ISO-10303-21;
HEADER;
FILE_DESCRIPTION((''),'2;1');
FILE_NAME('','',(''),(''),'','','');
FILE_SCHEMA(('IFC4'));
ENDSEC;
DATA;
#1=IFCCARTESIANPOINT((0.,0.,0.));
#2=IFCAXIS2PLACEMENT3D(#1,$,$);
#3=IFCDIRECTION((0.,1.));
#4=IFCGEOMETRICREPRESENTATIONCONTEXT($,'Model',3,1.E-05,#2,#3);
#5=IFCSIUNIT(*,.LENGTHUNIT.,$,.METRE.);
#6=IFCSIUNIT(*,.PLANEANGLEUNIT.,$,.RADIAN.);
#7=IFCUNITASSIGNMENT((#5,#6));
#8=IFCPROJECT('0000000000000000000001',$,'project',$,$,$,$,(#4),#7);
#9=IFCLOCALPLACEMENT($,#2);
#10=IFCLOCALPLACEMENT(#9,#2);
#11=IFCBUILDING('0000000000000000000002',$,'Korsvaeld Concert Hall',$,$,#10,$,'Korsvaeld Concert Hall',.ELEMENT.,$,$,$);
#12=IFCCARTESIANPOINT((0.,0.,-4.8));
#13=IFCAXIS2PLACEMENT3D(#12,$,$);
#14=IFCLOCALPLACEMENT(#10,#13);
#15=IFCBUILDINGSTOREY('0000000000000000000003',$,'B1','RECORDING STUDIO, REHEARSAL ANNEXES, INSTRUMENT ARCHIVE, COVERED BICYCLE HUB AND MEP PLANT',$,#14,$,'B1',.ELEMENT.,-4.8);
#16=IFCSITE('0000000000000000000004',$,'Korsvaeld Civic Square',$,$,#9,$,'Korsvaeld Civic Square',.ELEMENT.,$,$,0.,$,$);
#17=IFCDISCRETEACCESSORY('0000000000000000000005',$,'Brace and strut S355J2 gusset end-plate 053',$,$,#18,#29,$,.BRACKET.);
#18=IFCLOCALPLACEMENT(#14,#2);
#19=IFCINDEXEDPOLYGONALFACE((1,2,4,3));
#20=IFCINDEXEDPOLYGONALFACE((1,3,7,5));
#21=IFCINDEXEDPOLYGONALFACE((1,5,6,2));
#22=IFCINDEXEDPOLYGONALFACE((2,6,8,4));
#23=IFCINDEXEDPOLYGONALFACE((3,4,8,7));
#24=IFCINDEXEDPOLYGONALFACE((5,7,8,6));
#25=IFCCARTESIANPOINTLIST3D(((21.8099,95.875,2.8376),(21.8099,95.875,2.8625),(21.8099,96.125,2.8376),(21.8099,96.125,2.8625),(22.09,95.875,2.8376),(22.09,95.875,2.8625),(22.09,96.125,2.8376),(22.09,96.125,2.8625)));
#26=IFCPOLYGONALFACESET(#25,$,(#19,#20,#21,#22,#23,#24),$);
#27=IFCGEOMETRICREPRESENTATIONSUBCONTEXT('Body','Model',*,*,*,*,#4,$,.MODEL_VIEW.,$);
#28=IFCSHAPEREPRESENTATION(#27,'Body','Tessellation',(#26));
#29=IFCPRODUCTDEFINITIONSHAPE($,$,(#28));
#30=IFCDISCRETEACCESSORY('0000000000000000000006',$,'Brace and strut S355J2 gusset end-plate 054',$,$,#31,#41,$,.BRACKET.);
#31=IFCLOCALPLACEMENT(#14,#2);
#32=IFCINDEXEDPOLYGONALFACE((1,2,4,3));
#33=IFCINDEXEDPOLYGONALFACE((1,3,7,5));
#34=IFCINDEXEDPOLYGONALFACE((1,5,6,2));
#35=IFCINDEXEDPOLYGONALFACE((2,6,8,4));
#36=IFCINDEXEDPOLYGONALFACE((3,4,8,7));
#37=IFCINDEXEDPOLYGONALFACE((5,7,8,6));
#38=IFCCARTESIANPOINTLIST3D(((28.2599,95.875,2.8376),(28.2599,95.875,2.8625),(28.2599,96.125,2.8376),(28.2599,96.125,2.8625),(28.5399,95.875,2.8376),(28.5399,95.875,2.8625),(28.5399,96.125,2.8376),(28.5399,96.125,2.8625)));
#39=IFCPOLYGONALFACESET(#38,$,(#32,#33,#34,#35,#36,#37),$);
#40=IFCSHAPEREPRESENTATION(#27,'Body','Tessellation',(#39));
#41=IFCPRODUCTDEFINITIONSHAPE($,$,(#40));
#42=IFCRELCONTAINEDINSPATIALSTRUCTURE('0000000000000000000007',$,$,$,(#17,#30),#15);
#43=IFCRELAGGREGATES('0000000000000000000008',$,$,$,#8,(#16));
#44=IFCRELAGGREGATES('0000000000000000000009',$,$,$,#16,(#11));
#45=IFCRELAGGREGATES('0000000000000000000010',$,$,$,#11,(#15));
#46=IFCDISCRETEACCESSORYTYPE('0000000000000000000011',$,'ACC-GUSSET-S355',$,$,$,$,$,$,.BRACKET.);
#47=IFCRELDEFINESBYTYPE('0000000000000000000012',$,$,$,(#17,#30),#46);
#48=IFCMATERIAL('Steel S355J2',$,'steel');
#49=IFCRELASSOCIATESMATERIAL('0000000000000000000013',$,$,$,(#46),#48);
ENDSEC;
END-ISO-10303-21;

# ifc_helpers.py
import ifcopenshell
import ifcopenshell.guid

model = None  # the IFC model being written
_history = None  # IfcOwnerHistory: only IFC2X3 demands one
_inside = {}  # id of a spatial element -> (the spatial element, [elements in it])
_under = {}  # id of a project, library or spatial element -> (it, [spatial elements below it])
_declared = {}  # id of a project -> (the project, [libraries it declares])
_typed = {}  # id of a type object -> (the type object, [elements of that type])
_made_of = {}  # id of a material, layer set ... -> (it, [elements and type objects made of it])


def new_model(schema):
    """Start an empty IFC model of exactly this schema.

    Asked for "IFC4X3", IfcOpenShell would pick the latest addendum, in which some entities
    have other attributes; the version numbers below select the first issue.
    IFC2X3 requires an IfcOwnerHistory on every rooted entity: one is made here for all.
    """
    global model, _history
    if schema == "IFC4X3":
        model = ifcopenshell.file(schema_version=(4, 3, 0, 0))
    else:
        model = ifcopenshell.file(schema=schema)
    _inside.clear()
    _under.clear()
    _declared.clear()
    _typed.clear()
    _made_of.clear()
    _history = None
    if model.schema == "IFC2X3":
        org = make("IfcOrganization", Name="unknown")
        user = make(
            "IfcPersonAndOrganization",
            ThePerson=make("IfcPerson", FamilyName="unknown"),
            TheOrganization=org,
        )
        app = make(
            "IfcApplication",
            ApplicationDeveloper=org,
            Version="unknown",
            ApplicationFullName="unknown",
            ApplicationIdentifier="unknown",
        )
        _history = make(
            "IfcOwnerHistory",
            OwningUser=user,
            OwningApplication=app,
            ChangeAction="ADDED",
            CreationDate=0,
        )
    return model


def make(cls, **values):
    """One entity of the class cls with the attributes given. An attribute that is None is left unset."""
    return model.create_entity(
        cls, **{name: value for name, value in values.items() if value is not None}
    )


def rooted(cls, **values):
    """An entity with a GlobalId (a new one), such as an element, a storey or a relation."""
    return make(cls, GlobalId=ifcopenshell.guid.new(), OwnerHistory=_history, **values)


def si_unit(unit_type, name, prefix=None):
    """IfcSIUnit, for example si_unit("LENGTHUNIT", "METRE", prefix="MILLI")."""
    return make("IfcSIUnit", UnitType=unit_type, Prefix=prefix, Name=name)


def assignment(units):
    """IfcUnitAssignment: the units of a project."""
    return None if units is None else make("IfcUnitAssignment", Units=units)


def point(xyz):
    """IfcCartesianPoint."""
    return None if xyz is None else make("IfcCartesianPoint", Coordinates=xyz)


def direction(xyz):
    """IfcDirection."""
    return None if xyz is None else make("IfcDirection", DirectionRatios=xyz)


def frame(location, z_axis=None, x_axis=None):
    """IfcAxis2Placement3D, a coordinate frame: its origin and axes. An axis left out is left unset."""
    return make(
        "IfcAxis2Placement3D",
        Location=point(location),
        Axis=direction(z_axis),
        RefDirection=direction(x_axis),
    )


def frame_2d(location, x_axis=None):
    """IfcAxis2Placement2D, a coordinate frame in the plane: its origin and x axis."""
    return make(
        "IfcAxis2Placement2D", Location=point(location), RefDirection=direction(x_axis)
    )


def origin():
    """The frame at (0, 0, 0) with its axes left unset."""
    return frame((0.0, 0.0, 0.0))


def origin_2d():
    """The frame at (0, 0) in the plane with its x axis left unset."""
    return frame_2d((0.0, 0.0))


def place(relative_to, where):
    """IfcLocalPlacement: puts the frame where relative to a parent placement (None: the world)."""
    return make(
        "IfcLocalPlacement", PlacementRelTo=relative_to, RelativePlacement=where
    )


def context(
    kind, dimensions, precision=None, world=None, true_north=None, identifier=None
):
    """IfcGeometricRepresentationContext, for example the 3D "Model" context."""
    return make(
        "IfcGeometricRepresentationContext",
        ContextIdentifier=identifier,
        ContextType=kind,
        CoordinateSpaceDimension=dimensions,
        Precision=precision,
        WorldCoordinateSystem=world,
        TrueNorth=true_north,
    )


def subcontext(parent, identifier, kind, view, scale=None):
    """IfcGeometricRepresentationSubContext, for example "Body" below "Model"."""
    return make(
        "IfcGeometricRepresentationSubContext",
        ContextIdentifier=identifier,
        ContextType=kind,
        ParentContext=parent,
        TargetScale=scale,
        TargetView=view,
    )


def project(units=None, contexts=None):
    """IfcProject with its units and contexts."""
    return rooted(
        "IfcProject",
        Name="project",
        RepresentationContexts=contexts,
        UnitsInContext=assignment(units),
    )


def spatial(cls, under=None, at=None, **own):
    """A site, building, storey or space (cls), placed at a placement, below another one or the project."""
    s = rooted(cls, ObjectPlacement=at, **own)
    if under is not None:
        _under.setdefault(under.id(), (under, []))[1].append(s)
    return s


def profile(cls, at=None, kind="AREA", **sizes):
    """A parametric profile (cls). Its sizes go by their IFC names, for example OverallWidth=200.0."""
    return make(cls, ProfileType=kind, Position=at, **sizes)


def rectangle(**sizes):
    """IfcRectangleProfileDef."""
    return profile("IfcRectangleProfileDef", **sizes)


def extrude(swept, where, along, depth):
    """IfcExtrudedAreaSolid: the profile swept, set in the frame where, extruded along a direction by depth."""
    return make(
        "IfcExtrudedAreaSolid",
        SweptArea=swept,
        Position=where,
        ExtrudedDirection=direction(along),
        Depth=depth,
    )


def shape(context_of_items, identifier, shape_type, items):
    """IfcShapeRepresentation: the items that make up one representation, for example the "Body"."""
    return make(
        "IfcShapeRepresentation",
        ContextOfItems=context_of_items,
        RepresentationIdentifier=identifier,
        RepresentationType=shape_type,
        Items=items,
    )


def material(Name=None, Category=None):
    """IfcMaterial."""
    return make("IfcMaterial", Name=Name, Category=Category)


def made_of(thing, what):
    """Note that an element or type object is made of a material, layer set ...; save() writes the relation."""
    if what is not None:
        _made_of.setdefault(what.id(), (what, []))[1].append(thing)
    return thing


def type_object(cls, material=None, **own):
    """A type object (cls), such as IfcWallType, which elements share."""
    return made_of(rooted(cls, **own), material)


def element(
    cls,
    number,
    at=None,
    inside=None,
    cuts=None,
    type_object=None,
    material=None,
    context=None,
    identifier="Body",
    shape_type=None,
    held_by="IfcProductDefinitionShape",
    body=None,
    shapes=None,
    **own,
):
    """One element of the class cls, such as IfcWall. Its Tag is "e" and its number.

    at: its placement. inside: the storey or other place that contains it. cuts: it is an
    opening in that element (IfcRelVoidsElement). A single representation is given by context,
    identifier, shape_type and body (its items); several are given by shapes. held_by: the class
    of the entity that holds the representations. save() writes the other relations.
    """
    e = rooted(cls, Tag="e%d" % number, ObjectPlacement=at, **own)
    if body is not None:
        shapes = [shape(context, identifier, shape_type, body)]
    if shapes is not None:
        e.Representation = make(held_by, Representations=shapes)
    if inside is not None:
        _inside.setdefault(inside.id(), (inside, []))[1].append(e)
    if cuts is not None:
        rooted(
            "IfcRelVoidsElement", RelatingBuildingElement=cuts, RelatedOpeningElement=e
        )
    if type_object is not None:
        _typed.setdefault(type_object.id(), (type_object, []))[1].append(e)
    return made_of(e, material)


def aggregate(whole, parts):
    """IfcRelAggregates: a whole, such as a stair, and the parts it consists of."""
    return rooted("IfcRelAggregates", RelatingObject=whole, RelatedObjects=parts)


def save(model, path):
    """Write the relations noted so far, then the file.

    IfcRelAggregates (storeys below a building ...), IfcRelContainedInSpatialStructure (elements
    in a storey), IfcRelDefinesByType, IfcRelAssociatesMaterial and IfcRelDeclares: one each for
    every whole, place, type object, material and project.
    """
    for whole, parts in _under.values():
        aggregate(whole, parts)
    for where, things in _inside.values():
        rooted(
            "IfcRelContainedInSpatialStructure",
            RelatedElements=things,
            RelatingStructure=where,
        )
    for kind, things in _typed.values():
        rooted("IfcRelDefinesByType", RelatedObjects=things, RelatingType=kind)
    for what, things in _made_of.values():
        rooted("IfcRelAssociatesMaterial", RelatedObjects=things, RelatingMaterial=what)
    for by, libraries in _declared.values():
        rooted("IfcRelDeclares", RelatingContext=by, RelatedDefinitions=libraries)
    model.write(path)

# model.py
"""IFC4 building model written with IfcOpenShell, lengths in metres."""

from ifc_helpers import new_model, si_unit, direction, frame, origin, origin_2d, place, context, subcontext, project, spatial, rectangle, extrude, material, type_object, element, save


model = new_model("IFC4")

# Units and contexts
model_context = context("Model", 3, precision=1e-05, world=origin(), true_north=direction((0.0, 1.0)))
body_context = subcontext(model_context, "Body", "Model", "MODEL_VIEW")
ifc_project = project(units=[si_unit("LENGTHUNIT", "METRE"), si_unit("PLANEANGLEUNIT", "RADIAN")], contexts=[model_context])

# Site, building, storey
site_placement = place(None, origin())
site = spatial("IfcSite", under=ifc_project, at=site_placement, Name="Korsvaeld Civic Square", LongName="Korsvaeld Civic Square", CompositionType="ELEMENT", RefElevation=0.0)
building_placement = place(site_placement, origin())
building = spatial("IfcBuilding", under=site, at=building_placement, Name="Korsvaeld Concert Hall", LongName="Korsvaeld Concert Hall", CompositionType="ELEMENT")
storey_placement = place(building_placement, frame((0.0, 0.0, -4.8)))
storey = spatial("IfcBuildingStorey", under=building, at=storey_placement, Name="B1", Description="RECORDING STUDIO, REHEARSAL ANNEXES, INSTRUMENT ARCHIVE, COVERED BICYCLE HUB AND MEP PLANT", LongName="B1", CompositionType="ELEMENT", Elevation=-4.8)

# Shared definitions
ifc_material_1 = material(Name="Steel S355J2", Category="steel")

# Discrete accessories
discrete_accessory_type = type_object("IfcDiscreteAccessoryType", Name="ACC-GUSSET-S355", PredefinedType="BRACKET", material=ifc_material_1)
for number, where, z_axis, x_axis, name in (
    (1, (21.95, 96.0, 2.8376), (0.0, 0.0, 1.0), (1.0, 0.0, 0.0), "Brace and strut S355J2 gusset end-plate 053"),
    (2, (28.3999, 96.0, 2.8376), (0.0, 0.0, 1.0), (1.0, 0.0, 0.0), "Brace and strut S355J2 gusset end-plate 054"),
):
    element("IfcDiscreteAccessory", number, at=place(storey_placement, frame(where, z_axis=z_axis, x_axis=x_axis)), inside=storey, type_object=discrete_accessory_type, Name=name, PredefinedType="BRACKET", context=body_context, shape_type="SweptSolid", body=[
        extrude(rectangle(XDim=0.28, YDim=0.25, at=origin_2d()), origin(), (0.0, 0.0, 1.0), 0.0249),
    ])

save(model, "model.ifc")
